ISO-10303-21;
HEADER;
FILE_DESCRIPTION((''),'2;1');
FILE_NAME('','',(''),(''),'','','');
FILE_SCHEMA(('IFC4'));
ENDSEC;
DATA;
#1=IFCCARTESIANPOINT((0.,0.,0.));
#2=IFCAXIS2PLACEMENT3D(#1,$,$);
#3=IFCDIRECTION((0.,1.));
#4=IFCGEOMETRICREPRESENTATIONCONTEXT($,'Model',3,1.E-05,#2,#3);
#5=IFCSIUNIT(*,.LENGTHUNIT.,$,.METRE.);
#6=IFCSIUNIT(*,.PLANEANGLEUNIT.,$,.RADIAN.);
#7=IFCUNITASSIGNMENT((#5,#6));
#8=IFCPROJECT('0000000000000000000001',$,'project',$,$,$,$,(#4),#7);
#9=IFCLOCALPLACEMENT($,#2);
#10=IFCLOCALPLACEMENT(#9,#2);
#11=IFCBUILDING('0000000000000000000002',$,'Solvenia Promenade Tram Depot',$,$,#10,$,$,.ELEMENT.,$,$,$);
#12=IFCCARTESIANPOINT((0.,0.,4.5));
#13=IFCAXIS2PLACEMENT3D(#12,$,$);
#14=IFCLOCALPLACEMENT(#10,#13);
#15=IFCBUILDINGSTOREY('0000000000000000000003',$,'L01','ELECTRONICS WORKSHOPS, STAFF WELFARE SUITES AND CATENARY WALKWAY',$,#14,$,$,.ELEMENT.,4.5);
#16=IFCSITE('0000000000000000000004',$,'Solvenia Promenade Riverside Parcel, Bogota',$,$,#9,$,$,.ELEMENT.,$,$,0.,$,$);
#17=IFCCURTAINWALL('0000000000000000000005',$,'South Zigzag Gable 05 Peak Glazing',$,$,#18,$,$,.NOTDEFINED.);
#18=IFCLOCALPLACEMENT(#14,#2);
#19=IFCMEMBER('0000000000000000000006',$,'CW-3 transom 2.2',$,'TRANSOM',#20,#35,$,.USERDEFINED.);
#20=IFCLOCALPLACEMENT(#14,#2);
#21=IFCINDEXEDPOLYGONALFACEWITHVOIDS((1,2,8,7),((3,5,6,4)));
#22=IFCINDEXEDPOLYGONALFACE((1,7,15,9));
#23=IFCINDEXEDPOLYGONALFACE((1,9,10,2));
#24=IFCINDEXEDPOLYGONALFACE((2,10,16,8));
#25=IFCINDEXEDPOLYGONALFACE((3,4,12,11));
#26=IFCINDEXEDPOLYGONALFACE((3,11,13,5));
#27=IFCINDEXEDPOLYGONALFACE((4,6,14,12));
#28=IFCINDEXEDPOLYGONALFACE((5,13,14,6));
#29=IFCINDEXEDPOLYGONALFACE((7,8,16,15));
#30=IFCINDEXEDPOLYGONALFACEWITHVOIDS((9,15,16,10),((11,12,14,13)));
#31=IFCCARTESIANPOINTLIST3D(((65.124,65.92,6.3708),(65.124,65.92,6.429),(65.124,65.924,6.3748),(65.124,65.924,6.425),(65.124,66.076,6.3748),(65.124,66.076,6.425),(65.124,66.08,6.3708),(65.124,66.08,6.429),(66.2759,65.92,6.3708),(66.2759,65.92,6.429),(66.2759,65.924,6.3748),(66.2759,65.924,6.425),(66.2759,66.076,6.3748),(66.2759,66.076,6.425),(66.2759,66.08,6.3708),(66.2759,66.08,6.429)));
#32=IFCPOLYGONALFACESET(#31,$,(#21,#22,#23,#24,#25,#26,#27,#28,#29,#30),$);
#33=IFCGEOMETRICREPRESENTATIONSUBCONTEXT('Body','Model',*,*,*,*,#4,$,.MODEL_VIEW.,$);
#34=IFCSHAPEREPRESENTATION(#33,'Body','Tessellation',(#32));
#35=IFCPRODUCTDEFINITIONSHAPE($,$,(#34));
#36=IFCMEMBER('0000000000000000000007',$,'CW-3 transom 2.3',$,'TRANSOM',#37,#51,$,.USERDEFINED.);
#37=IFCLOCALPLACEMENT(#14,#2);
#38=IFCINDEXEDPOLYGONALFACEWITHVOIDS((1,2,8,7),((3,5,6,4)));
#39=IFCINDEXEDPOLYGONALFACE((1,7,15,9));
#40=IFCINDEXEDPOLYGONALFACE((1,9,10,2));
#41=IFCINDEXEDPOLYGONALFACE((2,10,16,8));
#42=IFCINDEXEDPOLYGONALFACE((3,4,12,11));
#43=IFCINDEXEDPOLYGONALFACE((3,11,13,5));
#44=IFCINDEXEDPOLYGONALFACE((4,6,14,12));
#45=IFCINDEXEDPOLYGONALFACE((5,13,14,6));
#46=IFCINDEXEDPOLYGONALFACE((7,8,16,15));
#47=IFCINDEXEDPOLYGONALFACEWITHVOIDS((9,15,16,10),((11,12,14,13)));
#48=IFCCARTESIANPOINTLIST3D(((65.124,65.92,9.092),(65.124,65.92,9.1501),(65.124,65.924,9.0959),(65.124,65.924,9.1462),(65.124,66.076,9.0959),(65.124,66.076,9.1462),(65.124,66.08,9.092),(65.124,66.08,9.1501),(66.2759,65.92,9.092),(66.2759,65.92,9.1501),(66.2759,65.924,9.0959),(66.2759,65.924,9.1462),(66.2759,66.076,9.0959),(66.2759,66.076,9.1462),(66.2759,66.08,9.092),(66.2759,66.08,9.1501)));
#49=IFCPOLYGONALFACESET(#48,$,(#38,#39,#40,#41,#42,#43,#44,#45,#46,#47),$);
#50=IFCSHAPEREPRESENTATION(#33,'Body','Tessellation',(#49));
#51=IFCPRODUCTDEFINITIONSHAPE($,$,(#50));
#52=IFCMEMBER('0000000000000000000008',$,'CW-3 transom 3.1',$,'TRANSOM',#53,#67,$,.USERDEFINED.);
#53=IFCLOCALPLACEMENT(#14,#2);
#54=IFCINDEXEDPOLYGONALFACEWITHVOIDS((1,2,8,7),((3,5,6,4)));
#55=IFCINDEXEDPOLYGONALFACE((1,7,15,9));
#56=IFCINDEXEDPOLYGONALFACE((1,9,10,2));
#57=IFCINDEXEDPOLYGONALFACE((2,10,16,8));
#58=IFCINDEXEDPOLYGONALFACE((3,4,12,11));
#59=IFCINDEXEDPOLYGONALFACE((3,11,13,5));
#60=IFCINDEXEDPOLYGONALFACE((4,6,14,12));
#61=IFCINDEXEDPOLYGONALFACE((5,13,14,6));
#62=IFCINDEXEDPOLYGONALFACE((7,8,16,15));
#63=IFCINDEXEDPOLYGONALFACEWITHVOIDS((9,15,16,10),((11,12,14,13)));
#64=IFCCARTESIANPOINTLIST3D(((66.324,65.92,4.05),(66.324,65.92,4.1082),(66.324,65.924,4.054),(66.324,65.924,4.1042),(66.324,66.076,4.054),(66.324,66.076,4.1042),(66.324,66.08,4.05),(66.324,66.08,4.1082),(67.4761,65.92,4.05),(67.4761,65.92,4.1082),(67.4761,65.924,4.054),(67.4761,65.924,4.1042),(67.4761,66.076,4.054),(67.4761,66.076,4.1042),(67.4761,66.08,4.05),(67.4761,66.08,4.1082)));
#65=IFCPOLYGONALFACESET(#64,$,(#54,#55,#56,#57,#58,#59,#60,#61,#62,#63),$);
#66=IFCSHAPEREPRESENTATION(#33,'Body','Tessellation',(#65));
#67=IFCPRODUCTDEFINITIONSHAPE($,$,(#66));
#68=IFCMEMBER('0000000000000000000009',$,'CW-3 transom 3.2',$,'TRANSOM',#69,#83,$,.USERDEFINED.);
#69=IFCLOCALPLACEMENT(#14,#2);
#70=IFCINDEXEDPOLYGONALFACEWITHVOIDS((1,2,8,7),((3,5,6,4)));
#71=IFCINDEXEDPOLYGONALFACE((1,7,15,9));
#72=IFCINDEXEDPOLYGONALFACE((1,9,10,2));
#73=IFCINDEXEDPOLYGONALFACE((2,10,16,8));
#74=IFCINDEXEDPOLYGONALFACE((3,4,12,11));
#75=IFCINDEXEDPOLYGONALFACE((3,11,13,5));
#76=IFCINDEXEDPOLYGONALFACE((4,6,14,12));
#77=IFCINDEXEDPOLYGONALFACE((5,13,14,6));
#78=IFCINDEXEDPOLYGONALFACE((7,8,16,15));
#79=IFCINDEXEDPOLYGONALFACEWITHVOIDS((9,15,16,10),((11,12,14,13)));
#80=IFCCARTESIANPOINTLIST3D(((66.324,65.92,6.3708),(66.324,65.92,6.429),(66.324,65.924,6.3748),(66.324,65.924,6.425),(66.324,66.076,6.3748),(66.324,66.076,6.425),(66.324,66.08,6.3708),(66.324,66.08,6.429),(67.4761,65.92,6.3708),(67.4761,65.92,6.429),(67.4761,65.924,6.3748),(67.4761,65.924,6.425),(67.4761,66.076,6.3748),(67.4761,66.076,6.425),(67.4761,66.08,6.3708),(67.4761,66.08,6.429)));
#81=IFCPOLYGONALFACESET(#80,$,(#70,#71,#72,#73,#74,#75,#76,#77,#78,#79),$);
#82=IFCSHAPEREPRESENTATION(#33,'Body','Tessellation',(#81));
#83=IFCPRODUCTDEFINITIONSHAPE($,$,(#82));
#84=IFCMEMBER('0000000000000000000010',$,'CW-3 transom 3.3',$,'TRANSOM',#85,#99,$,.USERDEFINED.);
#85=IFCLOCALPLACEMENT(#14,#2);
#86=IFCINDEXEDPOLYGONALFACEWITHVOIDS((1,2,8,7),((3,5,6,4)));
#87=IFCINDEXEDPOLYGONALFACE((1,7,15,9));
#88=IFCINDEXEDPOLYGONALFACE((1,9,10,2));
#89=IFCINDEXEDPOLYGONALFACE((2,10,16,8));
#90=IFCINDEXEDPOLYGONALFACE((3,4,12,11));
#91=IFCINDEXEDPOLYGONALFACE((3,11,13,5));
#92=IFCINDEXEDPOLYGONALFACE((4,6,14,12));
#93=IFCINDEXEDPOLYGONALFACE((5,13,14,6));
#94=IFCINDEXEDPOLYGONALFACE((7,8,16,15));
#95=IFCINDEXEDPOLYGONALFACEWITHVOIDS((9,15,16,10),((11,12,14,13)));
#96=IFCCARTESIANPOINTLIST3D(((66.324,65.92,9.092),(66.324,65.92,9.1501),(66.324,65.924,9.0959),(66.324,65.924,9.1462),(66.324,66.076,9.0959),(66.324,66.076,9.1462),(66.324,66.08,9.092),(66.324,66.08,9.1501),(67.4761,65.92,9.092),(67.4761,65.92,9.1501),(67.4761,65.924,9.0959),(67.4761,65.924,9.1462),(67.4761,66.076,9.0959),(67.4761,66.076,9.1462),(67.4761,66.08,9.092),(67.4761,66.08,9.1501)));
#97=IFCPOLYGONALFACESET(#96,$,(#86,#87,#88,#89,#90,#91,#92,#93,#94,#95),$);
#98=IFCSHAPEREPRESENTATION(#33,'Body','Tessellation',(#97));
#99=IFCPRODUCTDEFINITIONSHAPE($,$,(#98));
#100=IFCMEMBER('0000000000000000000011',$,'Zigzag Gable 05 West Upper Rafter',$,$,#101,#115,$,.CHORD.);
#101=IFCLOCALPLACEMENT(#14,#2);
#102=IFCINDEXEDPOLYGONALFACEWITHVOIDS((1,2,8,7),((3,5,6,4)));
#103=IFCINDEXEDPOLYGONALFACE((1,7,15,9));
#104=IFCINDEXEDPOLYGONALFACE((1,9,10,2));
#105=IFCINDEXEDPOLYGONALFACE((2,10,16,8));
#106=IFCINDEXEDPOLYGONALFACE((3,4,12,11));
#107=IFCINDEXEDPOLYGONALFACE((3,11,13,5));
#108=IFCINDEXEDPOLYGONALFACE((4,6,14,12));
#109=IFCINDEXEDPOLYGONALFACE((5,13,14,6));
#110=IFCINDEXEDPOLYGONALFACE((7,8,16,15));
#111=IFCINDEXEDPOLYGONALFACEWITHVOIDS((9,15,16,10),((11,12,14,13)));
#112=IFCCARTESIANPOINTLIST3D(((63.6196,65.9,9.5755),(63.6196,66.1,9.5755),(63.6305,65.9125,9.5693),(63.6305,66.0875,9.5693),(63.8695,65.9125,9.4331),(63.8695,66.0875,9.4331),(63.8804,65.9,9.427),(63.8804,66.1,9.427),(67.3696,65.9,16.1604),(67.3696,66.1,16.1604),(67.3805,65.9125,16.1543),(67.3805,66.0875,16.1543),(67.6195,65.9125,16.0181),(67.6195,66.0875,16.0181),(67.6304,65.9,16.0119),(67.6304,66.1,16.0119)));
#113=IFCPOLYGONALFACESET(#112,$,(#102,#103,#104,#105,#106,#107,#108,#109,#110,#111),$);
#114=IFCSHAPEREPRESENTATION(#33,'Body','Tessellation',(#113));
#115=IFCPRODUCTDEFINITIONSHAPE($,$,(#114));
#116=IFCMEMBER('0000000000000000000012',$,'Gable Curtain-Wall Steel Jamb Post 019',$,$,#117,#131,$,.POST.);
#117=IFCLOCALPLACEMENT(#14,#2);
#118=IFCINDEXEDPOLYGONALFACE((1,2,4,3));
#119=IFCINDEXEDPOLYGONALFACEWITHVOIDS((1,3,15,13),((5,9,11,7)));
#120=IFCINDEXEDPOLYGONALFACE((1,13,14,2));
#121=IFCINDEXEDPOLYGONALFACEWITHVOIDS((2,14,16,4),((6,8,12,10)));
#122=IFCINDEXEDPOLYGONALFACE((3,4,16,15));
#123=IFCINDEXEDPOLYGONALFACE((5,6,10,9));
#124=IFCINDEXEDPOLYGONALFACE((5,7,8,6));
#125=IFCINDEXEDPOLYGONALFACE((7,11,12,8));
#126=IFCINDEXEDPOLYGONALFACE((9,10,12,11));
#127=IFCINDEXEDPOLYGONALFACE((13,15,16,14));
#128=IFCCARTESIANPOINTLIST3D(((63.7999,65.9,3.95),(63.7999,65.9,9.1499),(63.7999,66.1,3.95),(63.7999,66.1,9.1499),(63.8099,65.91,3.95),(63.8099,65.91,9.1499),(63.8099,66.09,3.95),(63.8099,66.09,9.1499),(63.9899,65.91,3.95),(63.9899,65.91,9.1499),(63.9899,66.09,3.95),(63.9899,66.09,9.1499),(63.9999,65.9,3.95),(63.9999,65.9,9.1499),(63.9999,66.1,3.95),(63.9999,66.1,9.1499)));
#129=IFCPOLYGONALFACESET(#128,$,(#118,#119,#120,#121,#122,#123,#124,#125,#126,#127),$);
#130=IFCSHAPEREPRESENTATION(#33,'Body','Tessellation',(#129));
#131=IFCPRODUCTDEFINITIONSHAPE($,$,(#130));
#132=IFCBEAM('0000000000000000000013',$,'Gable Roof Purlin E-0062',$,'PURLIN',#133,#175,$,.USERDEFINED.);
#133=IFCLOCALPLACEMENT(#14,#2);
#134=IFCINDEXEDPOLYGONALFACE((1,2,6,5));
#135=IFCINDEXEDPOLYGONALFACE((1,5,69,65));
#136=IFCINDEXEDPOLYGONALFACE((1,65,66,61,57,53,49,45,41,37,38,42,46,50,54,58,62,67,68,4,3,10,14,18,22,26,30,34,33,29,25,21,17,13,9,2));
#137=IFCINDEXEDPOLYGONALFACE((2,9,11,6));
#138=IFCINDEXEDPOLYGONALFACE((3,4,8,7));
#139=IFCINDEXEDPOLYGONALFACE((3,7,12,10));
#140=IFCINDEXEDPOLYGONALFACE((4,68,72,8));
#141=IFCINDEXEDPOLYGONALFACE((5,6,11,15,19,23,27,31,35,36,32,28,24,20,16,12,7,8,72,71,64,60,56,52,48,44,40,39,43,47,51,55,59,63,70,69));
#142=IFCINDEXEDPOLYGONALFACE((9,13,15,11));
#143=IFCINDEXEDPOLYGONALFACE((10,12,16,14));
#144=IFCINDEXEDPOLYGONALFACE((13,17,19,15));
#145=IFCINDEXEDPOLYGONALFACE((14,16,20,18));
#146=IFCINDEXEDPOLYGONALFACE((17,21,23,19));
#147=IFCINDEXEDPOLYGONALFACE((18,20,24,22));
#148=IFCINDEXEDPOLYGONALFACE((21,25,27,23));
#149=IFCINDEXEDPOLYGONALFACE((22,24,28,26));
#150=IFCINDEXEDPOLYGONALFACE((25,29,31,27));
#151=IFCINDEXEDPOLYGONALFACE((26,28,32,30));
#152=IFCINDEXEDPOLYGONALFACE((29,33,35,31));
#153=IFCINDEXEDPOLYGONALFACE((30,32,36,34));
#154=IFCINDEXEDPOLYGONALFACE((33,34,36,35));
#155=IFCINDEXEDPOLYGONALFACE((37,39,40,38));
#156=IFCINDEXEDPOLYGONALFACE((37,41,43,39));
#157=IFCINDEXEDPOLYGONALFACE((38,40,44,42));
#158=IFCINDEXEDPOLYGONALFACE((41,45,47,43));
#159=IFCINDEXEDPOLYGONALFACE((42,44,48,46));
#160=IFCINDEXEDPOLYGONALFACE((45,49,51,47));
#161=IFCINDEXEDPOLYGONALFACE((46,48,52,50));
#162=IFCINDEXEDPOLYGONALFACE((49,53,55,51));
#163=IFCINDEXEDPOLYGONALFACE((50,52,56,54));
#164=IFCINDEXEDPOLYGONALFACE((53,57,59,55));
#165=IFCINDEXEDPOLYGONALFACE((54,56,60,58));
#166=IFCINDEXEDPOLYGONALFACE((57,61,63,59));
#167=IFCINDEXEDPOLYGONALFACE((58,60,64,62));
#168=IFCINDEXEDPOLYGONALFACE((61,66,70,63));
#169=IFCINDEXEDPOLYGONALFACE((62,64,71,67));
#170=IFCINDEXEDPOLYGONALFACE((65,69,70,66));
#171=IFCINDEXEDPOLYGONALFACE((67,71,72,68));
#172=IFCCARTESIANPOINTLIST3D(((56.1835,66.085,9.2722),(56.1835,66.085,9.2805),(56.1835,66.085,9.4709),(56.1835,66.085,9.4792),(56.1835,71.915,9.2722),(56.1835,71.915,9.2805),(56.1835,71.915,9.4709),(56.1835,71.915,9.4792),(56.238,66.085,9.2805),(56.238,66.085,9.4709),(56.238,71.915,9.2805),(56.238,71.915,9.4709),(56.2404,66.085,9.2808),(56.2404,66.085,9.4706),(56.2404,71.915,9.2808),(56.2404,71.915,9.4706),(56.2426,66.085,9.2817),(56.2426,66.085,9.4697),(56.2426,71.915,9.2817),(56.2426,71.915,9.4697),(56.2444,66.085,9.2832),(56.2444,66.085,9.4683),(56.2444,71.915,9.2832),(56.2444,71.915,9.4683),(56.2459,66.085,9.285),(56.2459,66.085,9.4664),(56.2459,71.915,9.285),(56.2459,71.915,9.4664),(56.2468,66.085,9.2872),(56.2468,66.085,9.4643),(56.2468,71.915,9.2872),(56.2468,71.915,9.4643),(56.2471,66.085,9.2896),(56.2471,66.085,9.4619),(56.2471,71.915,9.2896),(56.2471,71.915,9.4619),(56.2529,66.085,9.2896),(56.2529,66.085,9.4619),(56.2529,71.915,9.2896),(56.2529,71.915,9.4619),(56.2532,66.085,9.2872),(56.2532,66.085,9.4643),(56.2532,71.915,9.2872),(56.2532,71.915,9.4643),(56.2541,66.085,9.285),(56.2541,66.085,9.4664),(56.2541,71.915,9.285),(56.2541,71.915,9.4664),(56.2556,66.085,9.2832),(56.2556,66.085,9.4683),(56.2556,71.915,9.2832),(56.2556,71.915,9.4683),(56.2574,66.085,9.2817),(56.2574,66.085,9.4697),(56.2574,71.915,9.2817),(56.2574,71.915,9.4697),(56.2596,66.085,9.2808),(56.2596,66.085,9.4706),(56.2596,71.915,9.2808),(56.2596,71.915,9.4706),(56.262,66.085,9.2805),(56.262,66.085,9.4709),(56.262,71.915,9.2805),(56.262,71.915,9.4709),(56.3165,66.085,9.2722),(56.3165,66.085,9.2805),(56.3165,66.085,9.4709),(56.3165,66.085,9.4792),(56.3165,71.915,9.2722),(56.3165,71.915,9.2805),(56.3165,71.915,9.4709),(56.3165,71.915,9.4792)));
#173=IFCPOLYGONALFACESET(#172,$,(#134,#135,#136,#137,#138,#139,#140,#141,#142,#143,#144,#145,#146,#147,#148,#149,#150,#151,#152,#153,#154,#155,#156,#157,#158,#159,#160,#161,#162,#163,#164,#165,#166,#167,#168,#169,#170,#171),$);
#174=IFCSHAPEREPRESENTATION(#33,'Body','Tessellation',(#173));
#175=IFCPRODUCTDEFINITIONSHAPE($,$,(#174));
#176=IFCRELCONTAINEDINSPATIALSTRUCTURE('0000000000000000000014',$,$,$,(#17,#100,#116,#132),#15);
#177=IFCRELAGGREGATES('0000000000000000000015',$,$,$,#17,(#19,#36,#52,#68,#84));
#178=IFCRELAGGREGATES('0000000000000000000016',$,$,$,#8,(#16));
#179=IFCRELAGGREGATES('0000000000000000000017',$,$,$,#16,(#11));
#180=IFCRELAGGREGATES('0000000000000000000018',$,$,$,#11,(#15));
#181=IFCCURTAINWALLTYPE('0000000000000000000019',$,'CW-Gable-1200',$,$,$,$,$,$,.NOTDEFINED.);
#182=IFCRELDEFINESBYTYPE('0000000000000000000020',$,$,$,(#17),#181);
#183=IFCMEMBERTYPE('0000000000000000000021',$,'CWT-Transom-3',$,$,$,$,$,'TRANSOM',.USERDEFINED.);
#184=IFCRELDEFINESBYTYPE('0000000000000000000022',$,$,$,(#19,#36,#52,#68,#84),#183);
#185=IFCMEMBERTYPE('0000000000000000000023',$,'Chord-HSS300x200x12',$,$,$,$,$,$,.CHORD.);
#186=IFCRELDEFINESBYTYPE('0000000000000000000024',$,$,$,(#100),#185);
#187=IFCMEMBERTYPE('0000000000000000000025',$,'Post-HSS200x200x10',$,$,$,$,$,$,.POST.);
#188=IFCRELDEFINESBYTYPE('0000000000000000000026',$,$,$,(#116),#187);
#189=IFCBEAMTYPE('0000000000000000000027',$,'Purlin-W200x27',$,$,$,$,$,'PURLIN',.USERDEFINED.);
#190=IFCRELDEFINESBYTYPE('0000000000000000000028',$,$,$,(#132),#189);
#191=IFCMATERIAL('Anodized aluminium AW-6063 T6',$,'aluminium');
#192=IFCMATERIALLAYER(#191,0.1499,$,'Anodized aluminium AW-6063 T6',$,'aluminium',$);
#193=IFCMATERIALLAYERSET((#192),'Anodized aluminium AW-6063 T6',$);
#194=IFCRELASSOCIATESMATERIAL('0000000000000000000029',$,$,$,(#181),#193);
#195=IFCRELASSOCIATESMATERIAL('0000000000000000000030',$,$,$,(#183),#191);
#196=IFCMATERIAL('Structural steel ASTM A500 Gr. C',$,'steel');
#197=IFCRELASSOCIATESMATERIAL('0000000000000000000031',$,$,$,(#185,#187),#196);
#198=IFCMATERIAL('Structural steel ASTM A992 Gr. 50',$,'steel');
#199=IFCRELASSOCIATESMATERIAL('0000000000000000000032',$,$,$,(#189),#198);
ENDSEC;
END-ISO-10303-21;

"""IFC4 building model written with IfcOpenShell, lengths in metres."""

from ifc_helpers import new_model, si_unit, direction, frame, origin, origin_2d, place, context, subcontext, project, spatial, hollow_rectangle, i_section, extrude, material, layer, layer_set, material_profile, profile_set, type_object, element, aggregate, save


model = new_model("IFC4")

# Units and contexts
model_context = context("Model", 3, precision=1e-05, world=origin(), true_north=direction((0.0, 1.0)))
body_context = subcontext(model_context, "Body", "Model", "MODEL_VIEW")
ifc_project = project(units=[si_unit("LENGTHUNIT", "METRE"), si_unit("PLANEANGLEUNIT", "RADIAN")], contexts=[model_context])

# Site, building, storey
site_placement = place(None, origin())
site = spatial("IfcSite", under=ifc_project, at=site_placement, Name="Solvenia Promenade Riverside Parcel, Bogota", CompositionType="ELEMENT", RefElevation=0.0)
building_placement = place(site_placement, origin())
building = spatial("IfcBuilding", under=site, at=building_placement, Name="Solvenia Promenade Tram Depot", CompositionType="ELEMENT")
storey_placement = place(building_placement, frame((0.0, 0.0, 4.5)))
storey = spatial("IfcBuildingStorey", under=building, at=storey_placement, Name="L01", Description="ELECTRONICS WORKSHOPS, STAFF WELFARE SUITES AND CATENARY WALKWAY", CompositionType="ELEMENT", Elevation=4.5)

# Curtain wall
ifc_material_1 = material(Name="Anodized aluminium AW-6063 T6", Category="aluminium")
ifc_layer_1 = layer(ifc_material_1, 0.1499, Name="Anodized aluminium AW-6063 T6", Category="aluminium")
ifc_layer_set_1 = layer_set([ifc_layer_1], Name="Anodized aluminium AW-6063 T6")
curtain_wall_type_1 = type_object("IfcCurtainWallType", Name="CW-Gable-1200", PredefinedType="NOTDEFINED", material=ifc_layer_set_1)
curtain_wall_1_placement = place(storey_placement, origin())
curtain_wall_1 = element("IfcCurtainWall", 1, at=curtain_wall_1_placement, inside=storey, type_object=curtain_wall_type_1, Name="South Zigzag Gable 05 Peak Glazing", PredefinedType="NOTDEFINED")

# Members
ifc_material_profile_1 = material_profile(ifc_material_1, hollow_rectangle(XDim=0.1599, YDim=0.0581, WallThickness=0.0039, at=origin_2d()), Name="ALU-T3", Category="aluminium")
ifc_profile_set_1 = profile_set([ifc_material_profile_1], Name="Anodized aluminium AW-6063 T6")
member_type_1 = type_object("IfcMemberType", Name="CWT-Transom-3", ElementType="TRANSOM", PredefinedType="USERDEFINED", material=ifc_profile_set_1)
member_1_placement = place(storey_placement, frame((65.124, 66.0, 6.3999), z_axis=(1.0, 0.0, 0.0), x_axis=(0.0, 1.0, 0.0)))
member_1 = element("IfcMember", 2, at=member_1_placement, type_object=member_type_1, Name="CW-3 transom 2.2", ObjectType="TRANSOM", PredefinedType="USERDEFINED", context=body_context, shape_type="SweptSolid", body=[
    extrude(hollow_rectangle(XDim=0.1599, YDim=0.0581, WallThickness=0.0039, at=origin_2d()), origin(), (0.0, 0.0, 1.0), 1.1519),
])
member_2_placement = place(storey_placement, frame((65.124, 66.0, 9.1211), z_axis=(1.0, 0.0, 0.0), x_axis=(0.0, 1.0, 0.0)))
member_2 = element("IfcMember", 3, at=member_2_placement, type_object=member_type_1, Name="CW-3 transom 2.3", ObjectType="TRANSOM", PredefinedType="USERDEFINED", context=body_context, shape_type="SweptSolid", body=[
    extrude(hollow_rectangle(XDim=0.1599, YDim=0.0581, WallThickness=0.0039, at=origin_2d()), origin(), (0.0, 0.0, 1.0), 1.1519),
])
member_3_placement = place(storey_placement, frame((66.324, 66.0, 4.0791), z_axis=(1.0, 0.0, 0.0), x_axis=(0.0, 1.0, 0.0)))
member_3 = element("IfcMember", 4, at=member_3_placement, type_object=member_type_1, Name="CW-3 transom 3.1", ObjectType="TRANSOM", PredefinedType="USERDEFINED", context=body_context, shape_type="SweptSolid", body=[
    extrude(hollow_rectangle(XDim=0.1599, YDim=0.0581, WallThickness=0.0039, at=origin_2d()), origin(), (0.0, 0.0, 1.0), 1.1521),
])
member_4_placement = place(storey_placement, frame((66.324, 66.0, 6.3999), z_axis=(1.0, 0.0, 0.0), x_axis=(0.0, 1.0, 0.0)))
member_4 = element("IfcMember", 5, at=member_4_placement, type_object=member_type_1, Name="CW-3 transom 3.2", ObjectType="TRANSOM", PredefinedType="USERDEFINED", context=body_context, shape_type="SweptSolid", body=[
    extrude(hollow_rectangle(XDim=0.1599, YDim=0.0581, WallThickness=0.0039, at=origin_2d()), origin(), (0.0, 0.0, 1.0), 1.1521),
])
member_5_placement = place(storey_placement, frame((66.324, 66.0, 9.1211), z_axis=(1.0, 0.0, 0.0), x_axis=(0.0, 1.0, 0.0)))
member_5 = element("IfcMember", 6, at=member_5_placement, type_object=member_type_1, Name="CW-3 transom 3.3", ObjectType="TRANSOM", PredefinedType="USERDEFINED", context=body_context, shape_type="SweptSolid", body=[
    extrude(hollow_rectangle(XDim=0.1599, YDim=0.0581, WallThickness=0.0039, at=origin_2d()), origin(), (0.0, 0.0, 1.0), 1.1521),
])

# Members
ifc_material_2 = material(Name="Structural steel ASTM A500 Gr. C", Category="steel")
ifc_material_profile_2 = material_profile(ifc_material_2, hollow_rectangle(XDim=0.2, YDim=0.3, WallThickness=0.0125, at=origin_2d()), Name="HSS300x200x12.5", Category="steel")
ifc_profile_set_2 = profile_set([ifc_material_profile_2], Name="Structural steel ASTM A500 Gr. C")
member_type_2 = type_object("IfcMemberType", Name="Chord-HSS300x200x12", PredefinedType="CHORD", material=ifc_profile_set_2)
member_6_placement = place(storey_placement, frame((63.75, 66.0, 9.5012), z_axis=(0.494862, 0.0, 0.868972), x_axis=(0.0, 1.0, 0.0)))
element("IfcMember", 7, at=member_6_placement, inside=storey, type_object=member_type_2, Name="Zigzag Gable 05 West Upper Rafter", PredefinedType="CHORD", context=body_context, shape_type="SweptSolid", body=[
    extrude(hollow_rectangle(XDim=0.2, YDim=0.3, WallThickness=0.0125, at=origin_2d()), origin(), (0.0, 0.0, 1.0), 7.5779),
])
ifc_material_profile_3 = material_profile(ifc_material_2, hollow_rectangle(XDim=0.2, YDim=0.2, WallThickness=0.01, at=origin_2d()), Name="HSS200x200x10", Category="steel")
ifc_profile_set_3 = profile_set([ifc_material_profile_3], Name="Structural steel ASTM A500 Gr. C")
member_type_3 = type_object("IfcMemberType", Name="Post-HSS200x200x10", PredefinedType="POST", material=ifc_profile_set_3)
member_7_placement = place(storey_placement, frame((63.8999, 66.0, 3.95), z_axis=(0.0, 0.0, 1.0), x_axis=(1.0, 0.0, 0.0)))
element("IfcMember", 8, at=member_7_placement, inside=storey, type_object=member_type_3, Name="Gable Curtain-Wall Steel Jamb Post 019", PredefinedType="POST", context=body_context, shape_type="SweptSolid", body=[
    extrude(hollow_rectangle(XDim=0.2, YDim=0.2, WallThickness=0.01, at=origin_2d()), origin(), (0.0, 0.0, 1.0), 5.2),
])

# Beam
ifc_material_3 = material(Name="Structural steel ASTM A992 Gr. 50", Category="steel")
ifc_material_profile_4 = material_profile(ifc_material_3, i_section(OverallWidth=0.1331, OverallDepth=0.207, WebThickness=0.0059, FlangeThickness=0.0083, FilletRadius=0.009, at=origin_2d()), Name="W200x27", Category="steel")
ifc_profile_set_4 = profile_set([ifc_material_profile_4], Name="Structural steel ASTM A992 Gr. 50")
beam_type_1 = type_object("IfcBeamType", Name="Purlin-W200x27", ElementType="PURLIN", PredefinedType="USERDEFINED", material=ifc_profile_set_4)
beam_1_placement = place(storey_placement, frame((56.25, 66.085, 9.3757), z_axis=(0.0, 1.0, 0.0), x_axis=(-1.0, 0.0, 0.0)))
element("IfcBeam", 9, at=beam_1_placement, inside=storey, type_object=beam_type_1, Name="Gable Roof Purlin E-0062", ObjectType="PURLIN", PredefinedType="USERDEFINED", context=body_context, shape_type="SweptSolid", body=[
    extrude(i_section(OverallWidth=0.1331, OverallDepth=0.207, WebThickness=0.0059, FlangeThickness=0.0083, FilletRadius=0.009, at=origin_2d()), origin(), (0.0, 0.0, 1.0), 5.8301),
])

aggregate(curtain_wall_1, [member_1, member_2, member_3, member_4, member_5])

save(model, "model.ifc")
